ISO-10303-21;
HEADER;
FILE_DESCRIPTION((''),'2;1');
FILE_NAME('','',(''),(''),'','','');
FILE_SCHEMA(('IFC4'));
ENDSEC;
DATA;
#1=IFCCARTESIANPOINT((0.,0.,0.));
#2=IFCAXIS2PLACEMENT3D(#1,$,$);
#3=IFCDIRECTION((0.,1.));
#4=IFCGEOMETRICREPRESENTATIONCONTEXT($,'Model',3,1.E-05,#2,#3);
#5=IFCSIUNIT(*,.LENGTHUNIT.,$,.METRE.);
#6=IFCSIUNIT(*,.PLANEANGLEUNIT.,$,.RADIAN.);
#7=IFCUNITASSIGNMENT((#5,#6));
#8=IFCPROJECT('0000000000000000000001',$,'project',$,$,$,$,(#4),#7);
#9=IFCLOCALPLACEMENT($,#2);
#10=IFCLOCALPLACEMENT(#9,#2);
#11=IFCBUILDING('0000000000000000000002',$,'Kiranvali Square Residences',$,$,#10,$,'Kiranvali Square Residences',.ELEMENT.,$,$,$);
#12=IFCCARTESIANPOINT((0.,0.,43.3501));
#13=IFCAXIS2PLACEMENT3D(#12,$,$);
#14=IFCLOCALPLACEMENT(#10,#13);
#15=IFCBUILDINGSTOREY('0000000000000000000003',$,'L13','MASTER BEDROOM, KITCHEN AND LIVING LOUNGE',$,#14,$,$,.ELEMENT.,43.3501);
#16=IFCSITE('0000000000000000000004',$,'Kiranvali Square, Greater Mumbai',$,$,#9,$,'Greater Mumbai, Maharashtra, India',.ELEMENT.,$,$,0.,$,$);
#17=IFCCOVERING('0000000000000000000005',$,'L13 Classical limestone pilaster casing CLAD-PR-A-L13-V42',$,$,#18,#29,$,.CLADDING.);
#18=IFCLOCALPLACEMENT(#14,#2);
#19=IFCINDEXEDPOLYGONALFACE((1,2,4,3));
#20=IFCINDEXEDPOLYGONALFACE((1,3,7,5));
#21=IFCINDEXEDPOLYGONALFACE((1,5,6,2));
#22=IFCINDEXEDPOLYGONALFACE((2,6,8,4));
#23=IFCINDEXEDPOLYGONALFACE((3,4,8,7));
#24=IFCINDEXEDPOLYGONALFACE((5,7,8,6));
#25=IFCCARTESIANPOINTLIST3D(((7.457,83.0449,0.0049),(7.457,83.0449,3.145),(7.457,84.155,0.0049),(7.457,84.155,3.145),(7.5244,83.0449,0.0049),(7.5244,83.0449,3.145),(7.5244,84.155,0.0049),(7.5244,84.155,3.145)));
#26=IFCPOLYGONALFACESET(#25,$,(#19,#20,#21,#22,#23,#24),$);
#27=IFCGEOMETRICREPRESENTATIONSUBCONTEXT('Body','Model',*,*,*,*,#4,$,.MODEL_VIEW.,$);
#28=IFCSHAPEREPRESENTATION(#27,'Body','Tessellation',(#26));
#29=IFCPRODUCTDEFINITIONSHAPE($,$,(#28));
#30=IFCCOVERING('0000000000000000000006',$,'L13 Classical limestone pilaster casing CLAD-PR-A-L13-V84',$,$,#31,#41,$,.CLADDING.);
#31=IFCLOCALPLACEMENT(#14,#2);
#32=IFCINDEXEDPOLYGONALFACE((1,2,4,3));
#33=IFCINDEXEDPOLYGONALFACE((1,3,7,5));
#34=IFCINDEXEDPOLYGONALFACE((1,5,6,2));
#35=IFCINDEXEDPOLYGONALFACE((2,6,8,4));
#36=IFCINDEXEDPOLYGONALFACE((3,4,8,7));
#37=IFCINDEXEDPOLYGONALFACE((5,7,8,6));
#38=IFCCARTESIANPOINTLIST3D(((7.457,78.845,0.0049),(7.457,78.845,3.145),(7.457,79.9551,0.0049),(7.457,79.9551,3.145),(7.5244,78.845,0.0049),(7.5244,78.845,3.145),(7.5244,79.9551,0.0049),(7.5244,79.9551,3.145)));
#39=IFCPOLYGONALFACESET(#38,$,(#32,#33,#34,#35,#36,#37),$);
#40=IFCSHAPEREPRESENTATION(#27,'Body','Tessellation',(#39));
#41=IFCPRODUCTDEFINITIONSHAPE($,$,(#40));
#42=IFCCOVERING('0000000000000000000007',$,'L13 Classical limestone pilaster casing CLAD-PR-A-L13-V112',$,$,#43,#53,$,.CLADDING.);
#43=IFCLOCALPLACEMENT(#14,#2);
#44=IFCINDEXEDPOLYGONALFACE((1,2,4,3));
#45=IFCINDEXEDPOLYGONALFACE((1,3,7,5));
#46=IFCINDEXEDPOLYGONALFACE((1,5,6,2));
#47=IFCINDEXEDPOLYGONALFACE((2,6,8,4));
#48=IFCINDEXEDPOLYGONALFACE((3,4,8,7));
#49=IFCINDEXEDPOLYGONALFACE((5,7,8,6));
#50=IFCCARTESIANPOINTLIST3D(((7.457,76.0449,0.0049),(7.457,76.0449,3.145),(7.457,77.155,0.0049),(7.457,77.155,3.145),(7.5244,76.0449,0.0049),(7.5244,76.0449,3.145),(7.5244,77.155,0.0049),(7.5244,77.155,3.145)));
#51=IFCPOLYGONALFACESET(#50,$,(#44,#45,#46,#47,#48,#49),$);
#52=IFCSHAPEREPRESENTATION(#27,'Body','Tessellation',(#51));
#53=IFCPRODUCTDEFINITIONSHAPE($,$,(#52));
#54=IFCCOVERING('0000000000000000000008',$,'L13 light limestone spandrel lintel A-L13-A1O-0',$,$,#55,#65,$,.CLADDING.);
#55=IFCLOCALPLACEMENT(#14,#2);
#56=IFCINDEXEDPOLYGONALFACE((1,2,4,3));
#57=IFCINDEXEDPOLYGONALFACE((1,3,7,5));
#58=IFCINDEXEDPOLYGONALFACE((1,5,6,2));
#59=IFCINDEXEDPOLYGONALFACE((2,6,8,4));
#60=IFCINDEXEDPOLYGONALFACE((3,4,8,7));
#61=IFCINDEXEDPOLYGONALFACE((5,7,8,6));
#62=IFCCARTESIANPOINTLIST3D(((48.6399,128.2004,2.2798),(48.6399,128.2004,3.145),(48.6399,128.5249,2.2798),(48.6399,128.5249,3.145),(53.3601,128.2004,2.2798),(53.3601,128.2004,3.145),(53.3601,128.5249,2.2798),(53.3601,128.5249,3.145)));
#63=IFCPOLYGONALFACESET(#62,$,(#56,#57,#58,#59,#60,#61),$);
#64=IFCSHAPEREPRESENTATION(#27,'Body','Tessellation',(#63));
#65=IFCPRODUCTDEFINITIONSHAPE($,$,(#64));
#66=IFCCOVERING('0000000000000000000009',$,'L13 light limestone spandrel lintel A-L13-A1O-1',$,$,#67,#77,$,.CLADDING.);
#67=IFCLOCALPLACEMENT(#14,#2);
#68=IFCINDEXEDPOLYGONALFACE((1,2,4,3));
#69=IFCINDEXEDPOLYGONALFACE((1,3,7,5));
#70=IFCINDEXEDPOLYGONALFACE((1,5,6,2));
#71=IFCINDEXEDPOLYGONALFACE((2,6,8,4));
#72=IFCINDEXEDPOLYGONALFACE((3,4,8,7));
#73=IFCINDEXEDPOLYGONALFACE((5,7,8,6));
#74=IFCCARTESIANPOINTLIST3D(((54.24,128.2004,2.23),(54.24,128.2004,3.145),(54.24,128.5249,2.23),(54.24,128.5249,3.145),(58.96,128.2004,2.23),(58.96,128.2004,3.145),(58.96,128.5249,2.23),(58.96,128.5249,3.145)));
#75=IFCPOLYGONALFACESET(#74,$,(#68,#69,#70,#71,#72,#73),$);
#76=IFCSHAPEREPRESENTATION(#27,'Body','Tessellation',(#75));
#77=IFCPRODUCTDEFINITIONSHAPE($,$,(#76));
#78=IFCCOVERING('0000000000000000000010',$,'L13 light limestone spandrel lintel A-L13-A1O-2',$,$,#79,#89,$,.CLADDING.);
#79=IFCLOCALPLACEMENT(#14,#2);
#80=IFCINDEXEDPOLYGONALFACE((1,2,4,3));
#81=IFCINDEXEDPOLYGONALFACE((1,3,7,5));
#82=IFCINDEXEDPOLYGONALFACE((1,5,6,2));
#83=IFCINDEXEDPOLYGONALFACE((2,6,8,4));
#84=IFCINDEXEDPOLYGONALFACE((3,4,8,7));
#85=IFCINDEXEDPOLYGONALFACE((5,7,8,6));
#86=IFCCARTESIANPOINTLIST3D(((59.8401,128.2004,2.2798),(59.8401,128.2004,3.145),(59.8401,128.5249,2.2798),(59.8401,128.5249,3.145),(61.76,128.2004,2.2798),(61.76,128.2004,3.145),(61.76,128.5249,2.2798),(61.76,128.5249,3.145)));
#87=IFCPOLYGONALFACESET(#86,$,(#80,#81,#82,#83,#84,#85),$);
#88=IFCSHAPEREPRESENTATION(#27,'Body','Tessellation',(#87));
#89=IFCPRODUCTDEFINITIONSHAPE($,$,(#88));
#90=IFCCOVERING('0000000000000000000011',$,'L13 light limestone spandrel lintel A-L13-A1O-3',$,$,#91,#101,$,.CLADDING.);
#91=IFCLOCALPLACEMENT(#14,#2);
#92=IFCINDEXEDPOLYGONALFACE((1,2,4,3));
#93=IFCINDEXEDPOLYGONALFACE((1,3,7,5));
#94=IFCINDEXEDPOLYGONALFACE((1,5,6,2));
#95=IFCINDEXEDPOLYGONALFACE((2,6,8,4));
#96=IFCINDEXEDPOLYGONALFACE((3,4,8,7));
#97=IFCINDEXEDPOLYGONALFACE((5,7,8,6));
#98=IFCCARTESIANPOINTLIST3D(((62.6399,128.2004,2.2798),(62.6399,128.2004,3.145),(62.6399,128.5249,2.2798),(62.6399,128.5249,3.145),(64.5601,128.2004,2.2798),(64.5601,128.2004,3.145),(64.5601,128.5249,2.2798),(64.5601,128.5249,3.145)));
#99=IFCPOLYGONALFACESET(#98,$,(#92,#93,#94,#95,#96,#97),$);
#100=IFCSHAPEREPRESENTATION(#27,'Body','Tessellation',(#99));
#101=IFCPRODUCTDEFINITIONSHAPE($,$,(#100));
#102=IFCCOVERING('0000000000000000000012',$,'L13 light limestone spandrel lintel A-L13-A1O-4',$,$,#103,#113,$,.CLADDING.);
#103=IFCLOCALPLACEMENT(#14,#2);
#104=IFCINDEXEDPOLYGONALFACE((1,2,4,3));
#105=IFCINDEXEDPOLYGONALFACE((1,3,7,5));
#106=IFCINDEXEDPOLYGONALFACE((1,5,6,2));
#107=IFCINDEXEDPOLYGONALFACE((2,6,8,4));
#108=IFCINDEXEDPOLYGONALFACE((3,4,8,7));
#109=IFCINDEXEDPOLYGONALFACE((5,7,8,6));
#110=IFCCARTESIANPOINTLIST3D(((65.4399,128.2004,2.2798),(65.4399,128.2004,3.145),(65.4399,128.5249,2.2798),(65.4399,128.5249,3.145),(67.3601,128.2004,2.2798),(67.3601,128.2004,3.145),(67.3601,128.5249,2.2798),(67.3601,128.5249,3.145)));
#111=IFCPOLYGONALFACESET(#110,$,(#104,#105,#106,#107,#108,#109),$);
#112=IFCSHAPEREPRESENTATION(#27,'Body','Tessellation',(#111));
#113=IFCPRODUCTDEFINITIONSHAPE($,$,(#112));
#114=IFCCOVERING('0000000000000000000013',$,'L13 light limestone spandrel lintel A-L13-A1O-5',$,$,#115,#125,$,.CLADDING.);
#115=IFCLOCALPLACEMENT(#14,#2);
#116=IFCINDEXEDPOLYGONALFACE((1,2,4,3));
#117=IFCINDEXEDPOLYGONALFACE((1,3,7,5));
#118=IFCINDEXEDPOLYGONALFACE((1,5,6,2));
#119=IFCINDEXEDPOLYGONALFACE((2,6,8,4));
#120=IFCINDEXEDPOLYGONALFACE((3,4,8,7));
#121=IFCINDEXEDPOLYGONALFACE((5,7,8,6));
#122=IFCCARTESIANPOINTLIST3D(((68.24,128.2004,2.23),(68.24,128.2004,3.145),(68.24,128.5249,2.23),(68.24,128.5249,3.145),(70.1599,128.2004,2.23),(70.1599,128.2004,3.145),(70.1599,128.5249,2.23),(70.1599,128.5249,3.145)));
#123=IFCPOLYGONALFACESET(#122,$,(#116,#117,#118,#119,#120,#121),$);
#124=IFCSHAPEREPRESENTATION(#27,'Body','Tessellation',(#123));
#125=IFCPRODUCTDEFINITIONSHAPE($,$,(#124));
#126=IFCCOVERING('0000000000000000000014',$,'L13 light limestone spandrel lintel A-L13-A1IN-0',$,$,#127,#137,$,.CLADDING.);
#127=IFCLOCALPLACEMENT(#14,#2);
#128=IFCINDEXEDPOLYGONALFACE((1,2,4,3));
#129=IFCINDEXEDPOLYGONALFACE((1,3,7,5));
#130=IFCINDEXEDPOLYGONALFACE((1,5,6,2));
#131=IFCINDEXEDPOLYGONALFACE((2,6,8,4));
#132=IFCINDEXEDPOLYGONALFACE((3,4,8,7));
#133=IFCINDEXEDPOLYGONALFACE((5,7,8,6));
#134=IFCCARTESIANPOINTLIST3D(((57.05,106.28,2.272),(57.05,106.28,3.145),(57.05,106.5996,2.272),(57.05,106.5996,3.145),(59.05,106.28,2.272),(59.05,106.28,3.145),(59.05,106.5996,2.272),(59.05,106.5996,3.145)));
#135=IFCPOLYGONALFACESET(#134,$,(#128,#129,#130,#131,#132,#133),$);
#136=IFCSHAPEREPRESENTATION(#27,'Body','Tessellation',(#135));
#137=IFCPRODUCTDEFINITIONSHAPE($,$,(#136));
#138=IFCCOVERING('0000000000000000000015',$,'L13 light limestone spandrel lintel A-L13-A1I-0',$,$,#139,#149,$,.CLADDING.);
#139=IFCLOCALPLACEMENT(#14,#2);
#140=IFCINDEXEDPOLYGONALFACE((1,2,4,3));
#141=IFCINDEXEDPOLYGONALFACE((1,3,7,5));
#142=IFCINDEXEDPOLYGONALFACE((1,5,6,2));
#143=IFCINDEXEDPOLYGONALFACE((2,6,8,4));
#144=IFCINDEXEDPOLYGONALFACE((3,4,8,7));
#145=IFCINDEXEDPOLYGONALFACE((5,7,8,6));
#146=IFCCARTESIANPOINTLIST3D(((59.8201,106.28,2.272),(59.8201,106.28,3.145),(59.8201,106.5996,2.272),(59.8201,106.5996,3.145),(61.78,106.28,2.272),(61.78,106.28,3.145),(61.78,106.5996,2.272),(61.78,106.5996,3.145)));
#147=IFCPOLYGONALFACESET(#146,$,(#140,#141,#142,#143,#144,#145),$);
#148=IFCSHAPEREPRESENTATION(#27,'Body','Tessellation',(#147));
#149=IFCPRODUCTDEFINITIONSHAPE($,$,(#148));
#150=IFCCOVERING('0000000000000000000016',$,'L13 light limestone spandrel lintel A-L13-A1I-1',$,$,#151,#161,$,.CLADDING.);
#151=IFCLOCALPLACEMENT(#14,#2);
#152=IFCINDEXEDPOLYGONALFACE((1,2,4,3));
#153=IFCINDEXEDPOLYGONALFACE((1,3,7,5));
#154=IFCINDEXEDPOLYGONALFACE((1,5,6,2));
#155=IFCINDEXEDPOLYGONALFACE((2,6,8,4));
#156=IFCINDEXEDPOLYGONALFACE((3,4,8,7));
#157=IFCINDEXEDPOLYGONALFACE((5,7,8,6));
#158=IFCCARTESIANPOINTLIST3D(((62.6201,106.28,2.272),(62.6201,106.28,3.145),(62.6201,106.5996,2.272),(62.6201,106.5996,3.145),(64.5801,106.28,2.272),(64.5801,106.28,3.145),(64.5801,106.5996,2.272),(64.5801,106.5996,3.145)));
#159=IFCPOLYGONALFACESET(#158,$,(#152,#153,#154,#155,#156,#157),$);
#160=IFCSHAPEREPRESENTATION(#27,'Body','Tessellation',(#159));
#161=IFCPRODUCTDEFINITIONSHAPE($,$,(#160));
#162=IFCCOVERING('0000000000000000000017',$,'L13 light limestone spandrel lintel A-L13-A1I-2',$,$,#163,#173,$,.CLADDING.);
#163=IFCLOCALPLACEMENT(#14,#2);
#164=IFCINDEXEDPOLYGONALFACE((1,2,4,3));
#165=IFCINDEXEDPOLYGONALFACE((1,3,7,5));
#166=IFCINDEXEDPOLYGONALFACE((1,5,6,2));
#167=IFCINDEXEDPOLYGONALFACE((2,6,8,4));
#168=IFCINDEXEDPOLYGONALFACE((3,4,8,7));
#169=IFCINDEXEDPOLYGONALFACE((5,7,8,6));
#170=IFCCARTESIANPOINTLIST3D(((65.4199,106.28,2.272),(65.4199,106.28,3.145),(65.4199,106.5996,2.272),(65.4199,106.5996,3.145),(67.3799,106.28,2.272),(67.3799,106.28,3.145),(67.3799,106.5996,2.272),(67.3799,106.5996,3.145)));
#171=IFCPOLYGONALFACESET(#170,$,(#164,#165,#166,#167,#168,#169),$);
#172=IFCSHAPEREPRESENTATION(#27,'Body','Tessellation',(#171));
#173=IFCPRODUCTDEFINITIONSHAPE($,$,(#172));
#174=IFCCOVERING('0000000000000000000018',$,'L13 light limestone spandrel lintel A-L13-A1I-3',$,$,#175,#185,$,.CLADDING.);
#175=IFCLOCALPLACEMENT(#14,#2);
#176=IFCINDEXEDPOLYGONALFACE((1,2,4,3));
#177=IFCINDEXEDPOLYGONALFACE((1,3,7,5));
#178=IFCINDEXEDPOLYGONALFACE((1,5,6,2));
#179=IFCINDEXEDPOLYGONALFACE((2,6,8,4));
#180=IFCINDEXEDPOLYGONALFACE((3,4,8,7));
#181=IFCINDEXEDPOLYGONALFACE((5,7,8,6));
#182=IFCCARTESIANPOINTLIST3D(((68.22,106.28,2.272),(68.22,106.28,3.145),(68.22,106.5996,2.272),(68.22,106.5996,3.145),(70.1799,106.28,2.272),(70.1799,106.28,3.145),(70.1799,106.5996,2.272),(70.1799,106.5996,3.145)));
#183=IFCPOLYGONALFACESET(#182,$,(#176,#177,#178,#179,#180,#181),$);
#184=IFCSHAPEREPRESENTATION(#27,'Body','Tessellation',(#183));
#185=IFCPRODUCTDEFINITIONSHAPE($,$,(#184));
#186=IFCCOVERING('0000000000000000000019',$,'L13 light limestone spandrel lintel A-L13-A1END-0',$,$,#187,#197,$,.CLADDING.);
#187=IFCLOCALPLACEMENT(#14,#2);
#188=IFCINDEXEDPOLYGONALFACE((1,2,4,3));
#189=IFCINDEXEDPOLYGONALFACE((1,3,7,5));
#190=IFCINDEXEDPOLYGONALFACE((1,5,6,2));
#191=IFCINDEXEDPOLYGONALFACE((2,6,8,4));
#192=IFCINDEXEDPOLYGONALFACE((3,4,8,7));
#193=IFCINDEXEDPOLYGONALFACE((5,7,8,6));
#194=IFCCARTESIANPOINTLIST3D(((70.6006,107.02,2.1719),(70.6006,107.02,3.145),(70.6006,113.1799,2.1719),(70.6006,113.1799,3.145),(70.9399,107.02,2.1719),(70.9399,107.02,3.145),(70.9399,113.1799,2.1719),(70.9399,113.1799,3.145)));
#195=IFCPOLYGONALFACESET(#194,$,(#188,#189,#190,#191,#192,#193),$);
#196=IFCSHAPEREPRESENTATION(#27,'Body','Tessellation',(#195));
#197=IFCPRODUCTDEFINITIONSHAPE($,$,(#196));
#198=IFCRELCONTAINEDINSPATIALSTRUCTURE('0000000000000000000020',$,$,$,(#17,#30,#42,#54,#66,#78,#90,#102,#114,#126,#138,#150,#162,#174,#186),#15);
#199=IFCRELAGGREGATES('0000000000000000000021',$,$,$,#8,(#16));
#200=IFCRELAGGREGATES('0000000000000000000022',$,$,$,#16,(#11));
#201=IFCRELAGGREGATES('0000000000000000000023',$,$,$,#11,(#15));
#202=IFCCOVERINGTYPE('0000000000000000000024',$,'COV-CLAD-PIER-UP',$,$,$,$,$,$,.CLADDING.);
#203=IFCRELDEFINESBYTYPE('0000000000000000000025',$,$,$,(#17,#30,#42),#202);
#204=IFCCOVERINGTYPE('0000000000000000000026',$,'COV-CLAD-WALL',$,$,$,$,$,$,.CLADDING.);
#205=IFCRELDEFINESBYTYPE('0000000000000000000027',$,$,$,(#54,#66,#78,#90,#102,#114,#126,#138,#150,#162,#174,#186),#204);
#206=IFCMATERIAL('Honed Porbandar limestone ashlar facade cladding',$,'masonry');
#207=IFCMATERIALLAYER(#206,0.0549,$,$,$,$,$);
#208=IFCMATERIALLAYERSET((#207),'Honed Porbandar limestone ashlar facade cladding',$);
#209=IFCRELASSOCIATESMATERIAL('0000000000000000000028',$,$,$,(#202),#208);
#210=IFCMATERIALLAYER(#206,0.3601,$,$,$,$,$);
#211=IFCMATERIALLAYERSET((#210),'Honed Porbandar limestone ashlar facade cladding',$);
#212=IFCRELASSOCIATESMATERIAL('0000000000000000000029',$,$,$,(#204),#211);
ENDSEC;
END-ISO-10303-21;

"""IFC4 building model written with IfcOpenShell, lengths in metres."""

from ifc_helpers import new_model, si_unit, direction, frame, origin, place, context, subcontext, project, spatial, polyline, outline, extrude, material, layer, layer_set, type_object, element, save


model = new_model("IFC4")

# Units and contexts
model_context = context("Model", 3, precision=1e-05, world=origin(), true_north=direction((0.0, 1.0)))
body_context = subcontext(model_context, "Body", "Model", "MODEL_VIEW")
ifc_project = project(units=[si_unit("LENGTHUNIT", "METRE"), si_unit("PLANEANGLEUNIT", "RADIAN")], contexts=[model_context])

# Site, building, storey
site_placement = place(None, origin())
site = spatial("IfcSite", under=ifc_project, at=site_placement, Name="Kiranvali Square, Greater Mumbai", LongName="Greater Mumbai, Maharashtra, India", CompositionType="ELEMENT", RefElevation=0.0)
building_placement = place(site_placement, origin())
building = spatial("IfcBuilding", under=site, at=building_placement, Name="Kiranvali Square Residences", LongName="Kiranvali Square Residences", CompositionType="ELEMENT")
storey_placement = place(building_placement, frame((0.0, 0.0, 43.3501)))
storey = spatial("IfcBuildingStorey", under=building, at=storey_placement, Name="L13", Description="MASTER BEDROOM, KITCHEN AND LIVING LOUNGE", CompositionType="ELEMENT", Elevation=43.3501)

# Coverings
ifc_material = material(Name="Honed Porbandar limestone ashlar facade cladding", Category="masonry")
ifc_layer_1 = layer(ifc_material, 0.0549)
ifc_layer_set_1 = layer_set([ifc_layer_1], Name="Honed Porbandar limestone ashlar facade cladding")
covering_type_1 = type_object("IfcCoveringType", Name="COV-CLAD-PIER-UP", PredefinedType="CLADDING", material=ifc_layer_set_1)
covering_1_placement = place(storey_placement, frame((0.0, 0.0, 0.0049)))
element("IfcCovering", 1, at=covering_1_placement, inside=storey, type_object=covering_type_1, Name="L13 Classical limestone pilaster casing CLAD-PR-A-L13-V42", PredefinedType="CLADDING", context=body_context, shape_type="SweptSolid", body=[
    extrude(outline(polyline([(7.457, 84.155), (7.457, 83.0449), (7.5244, 83.0449), (7.5244, 84.155), (7.457, 84.155)])), origin(), (0.0, 0.0, 1.0), 3.1401),
])
covering_2_placement = place(storey_placement, frame((0.0, 0.0, 0.0049)))
element("IfcCovering", 2, at=covering_2_placement, inside=storey, type_object=covering_type_1, Name="L13 Classical limestone pilaster casing CLAD-PR-A-L13-V84", PredefinedType="CLADDING", context=body_context, shape_type="SweptSolid", body=[
    extrude(outline(polyline([(7.457, 79.9551), (7.457, 78.845), (7.5244, 78.845), (7.5244, 79.9551), (7.457, 79.9551)])), origin(), (0.0, 0.0, 1.0), 3.1401),
])
covering_3_placement = place(storey_placement, frame((0.0, 0.0, 0.0049)))
element("IfcCovering", 3, at=covering_3_placement, inside=storey, type_object=covering_type_1, Name="L13 Classical limestone pilaster casing CLAD-PR-A-L13-V112", PredefinedType="CLADDING", context=body_context, shape_type="SweptSolid", body=[
    extrude(outline(polyline([(7.457, 77.155), (7.457, 76.0449), (7.5244, 76.0449), (7.5244, 77.155), (7.457, 77.155)])), origin(), (0.0, 0.0, 1.0), 3.1401),
])
ifc_layer_2 = layer(ifc_material, 0.3601)
ifc_layer_set_2 = layer_set([ifc_layer_2], Name="Honed Porbandar limestone ashlar facade cladding")
covering_type_2 = type_object("IfcCoveringType", Name="COV-CLAD-WALL", PredefinedType="CLADDING", material=ifc_layer_set_2)
covering_4_placement = place(storey_placement, frame((0.0, 0.0, 2.2798)))
element("IfcCovering", 4, at=covering_4_placement, inside=storey, type_object=covering_type_2, Name="L13 light limestone spandrel lintel A-L13-A1O-0", PredefinedType="CLADDING", context=body_context, shape_type="SweptSolid", body=[
    extrude(outline(polyline([(48.6399, 128.2004), (53.3601, 128.2004), (53.3601, 128.5249), (48.6399, 128.5249), (48.6399, 128.2004)])), origin(), (0.0, 0.0, 1.0), 0.8652),
])
covering_5_placement = place(storey_placement, frame((0.0, 0.0, 2.23)))
element("IfcCovering", 5, at=covering_5_placement, inside=storey, type_object=covering_type_2, Name="L13 light limestone spandrel lintel A-L13-A1O-1", PredefinedType="CLADDING", context=body_context, shape_type="SweptSolid", body=[
    extrude(outline(polyline([(54.24, 128.2004), (58.96, 128.2004), (58.96, 128.5249), (54.24, 128.5249), (54.24, 128.2004)])), origin(), (0.0, 0.0, 1.0), 0.915),
])
covering_6_placement = place(storey_placement, frame((0.0, 0.0, 2.2798)))
element("IfcCovering", 6, at=covering_6_placement, inside=storey, type_object=covering_type_2, Name="L13 light limestone spandrel lintel A-L13-A1O-2", PredefinedType="CLADDING", context=body_context, shape_type="SweptSolid", body=[
    extrude(outline(polyline([(59.8401, 128.2004), (61.76, 128.2004), (61.76, 128.5249), (59.8401, 128.5249), (59.8401, 128.2004)])), origin(), (0.0, 0.0, 1.0), 0.8652),
])
covering_7_placement = place(storey_placement, frame((0.0, 0.0, 2.2798)))
element("IfcCovering", 7, at=covering_7_placement, inside=storey, type_object=covering_type_2, Name="L13 light limestone spandrel lintel A-L13-A1O-3", PredefinedType="CLADDING", context=body_context, shape_type="SweptSolid", body=[
    extrude(outline(polyline([(62.6399, 128.2004), (64.5601, 128.2004), (64.5601, 128.5249), (62.6399, 128.5249), (62.6399, 128.2004)])), origin(), (0.0, 0.0, 1.0), 0.8652),
])
covering_8_placement = place(storey_placement, frame((0.0, 0.0, 2.2798)))
element("IfcCovering", 8, at=covering_8_placement, inside=storey, type_object=covering_type_2, Name="L13 light limestone spandrel lintel A-L13-A1O-4", PredefinedType="CLADDING", context=body_context, shape_type="SweptSolid", body=[
    extrude(outline(polyline([(65.4399, 128.2004), (67.3601, 128.2004), (67.3601, 128.5249), (65.4399, 128.5249), (65.4399, 128.2004)])), origin(), (0.0, 0.0, 1.0), 0.8652),
])
covering_9_placement = place(storey_placement, frame((0.0, 0.0, 2.23)))
element("IfcCovering", 9, at=covering_9_placement, inside=storey, type_object=covering_type_2, Name="L13 light limestone spandrel lintel A-L13-A1O-5", PredefinedType="CLADDING", context=body_context, shape_type="SweptSolid", body=[
    extrude(outline(polyline([(68.24, 128.2004), (70.1599, 128.2004), (70.1599, 128.5249), (68.24, 128.5249), (68.24, 128.2004)])), origin(), (0.0, 0.0, 1.0), 0.915),
])
covering_10_placement = place(storey_placement, frame((0.0, 0.0, 2.272)))
element("IfcCovering", 10, at=covering_10_placement, inside=storey, type_object=covering_type_2, Name="L13 light limestone spandrel lintel A-L13-A1IN-0", PredefinedType="CLADDING", context=body_context, shape_type="SweptSolid", body=[
    extrude(outline(polyline([(57.05, 106.28), (59.05, 106.28), (59.05, 106.5996), (57.05, 106.5996), (57.05, 106.28)])), origin(), (0.0, 0.0, 1.0), 0.873),
])
covering_11_placement = place(storey_placement, frame((0.0, 0.0, 2.272)))
element("IfcCovering", 11, at=covering_11_placement, inside=storey, type_object=covering_type_2, Name="L13 light limestone spandrel lintel A-L13-A1I-0", PredefinedType="CLADDING", context=body_context, shape_type="SweptSolid", body=[
    extrude(outline(polyline([(59.8201, 106.28), (61.78, 106.28), (61.78, 106.5996), (59.8201, 106.5996), (59.8201, 106.28)])), origin(), (0.0, 0.0, 1.0), 0.873),
])
covering_12_placement = place(storey_placement, frame((0.0, 0.0, 2.272)))
element("IfcCovering", 12, at=covering_12_placement, inside=storey, type_object=covering_type_2, Name="L13 light limestone spandrel lintel A-L13-A1I-1", PredefinedType="CLADDING", context=body_context, shape_type="SweptSolid", body=[
    extrude(outline(polyline([(62.6201, 106.28), (64.5801, 106.28), (64.5801, 106.5996), (62.6201, 106.5996), (62.6201, 106.28)])), origin(), (0.0, 0.0, 1.0), 0.873),
])
covering_13_placement = place(storey_placement, frame((0.0, 0.0, 2.272)))
element("IfcCovering", 13, at=covering_13_placement, inside=storey, type_object=covering_type_2, Name="L13 light limestone spandrel lintel A-L13-A1I-2", PredefinedType="CLADDING", context=body_context, shape_type="SweptSolid", body=[
    extrude(outline(polyline([(65.4199, 106.28), (67.3799, 106.28), (67.3799, 106.5996), (65.4199, 106.5996), (65.4199, 106.28)])), origin(), (0.0, 0.0, 1.0), 0.873),
])
covering_14_placement = place(storey_placement, frame((0.0, 0.0, 2.272)))
element("IfcCovering", 14, at=covering_14_placement, inside=storey, type_object=covering_type_2, Name="L13 light limestone spandrel lintel A-L13-A1I-3", PredefinedType="CLADDING", context=body_context, shape_type="SweptSolid", body=[
    extrude(outline(polyline([(68.22, 106.28), (70.1799, 106.28), (70.1799, 106.5996), (68.22, 106.5996), (68.22, 106.28)])), origin(), (0.0, 0.0, 1.0), 0.873),
])
covering_15_placement = place(storey_placement, frame((0.0, 0.0, 2.1719)))
element("IfcCovering", 15, at=covering_15_placement, inside=storey, type_object=covering_type_2, Name="L13 light limestone spandrel lintel A-L13-A1END-0", PredefinedType="CLADDING", context=body_context, shape_type="SweptSolid", body=[
    extrude(outline(polyline([(70.9399, 107.02), (70.9399, 113.1799), (70.6006, 113.1799), (70.6006, 107.02), (70.9399, 107.02)])), origin(), (0.0, 0.0, 1.0), 0.9731),
])

save(model, "model.ifc")
